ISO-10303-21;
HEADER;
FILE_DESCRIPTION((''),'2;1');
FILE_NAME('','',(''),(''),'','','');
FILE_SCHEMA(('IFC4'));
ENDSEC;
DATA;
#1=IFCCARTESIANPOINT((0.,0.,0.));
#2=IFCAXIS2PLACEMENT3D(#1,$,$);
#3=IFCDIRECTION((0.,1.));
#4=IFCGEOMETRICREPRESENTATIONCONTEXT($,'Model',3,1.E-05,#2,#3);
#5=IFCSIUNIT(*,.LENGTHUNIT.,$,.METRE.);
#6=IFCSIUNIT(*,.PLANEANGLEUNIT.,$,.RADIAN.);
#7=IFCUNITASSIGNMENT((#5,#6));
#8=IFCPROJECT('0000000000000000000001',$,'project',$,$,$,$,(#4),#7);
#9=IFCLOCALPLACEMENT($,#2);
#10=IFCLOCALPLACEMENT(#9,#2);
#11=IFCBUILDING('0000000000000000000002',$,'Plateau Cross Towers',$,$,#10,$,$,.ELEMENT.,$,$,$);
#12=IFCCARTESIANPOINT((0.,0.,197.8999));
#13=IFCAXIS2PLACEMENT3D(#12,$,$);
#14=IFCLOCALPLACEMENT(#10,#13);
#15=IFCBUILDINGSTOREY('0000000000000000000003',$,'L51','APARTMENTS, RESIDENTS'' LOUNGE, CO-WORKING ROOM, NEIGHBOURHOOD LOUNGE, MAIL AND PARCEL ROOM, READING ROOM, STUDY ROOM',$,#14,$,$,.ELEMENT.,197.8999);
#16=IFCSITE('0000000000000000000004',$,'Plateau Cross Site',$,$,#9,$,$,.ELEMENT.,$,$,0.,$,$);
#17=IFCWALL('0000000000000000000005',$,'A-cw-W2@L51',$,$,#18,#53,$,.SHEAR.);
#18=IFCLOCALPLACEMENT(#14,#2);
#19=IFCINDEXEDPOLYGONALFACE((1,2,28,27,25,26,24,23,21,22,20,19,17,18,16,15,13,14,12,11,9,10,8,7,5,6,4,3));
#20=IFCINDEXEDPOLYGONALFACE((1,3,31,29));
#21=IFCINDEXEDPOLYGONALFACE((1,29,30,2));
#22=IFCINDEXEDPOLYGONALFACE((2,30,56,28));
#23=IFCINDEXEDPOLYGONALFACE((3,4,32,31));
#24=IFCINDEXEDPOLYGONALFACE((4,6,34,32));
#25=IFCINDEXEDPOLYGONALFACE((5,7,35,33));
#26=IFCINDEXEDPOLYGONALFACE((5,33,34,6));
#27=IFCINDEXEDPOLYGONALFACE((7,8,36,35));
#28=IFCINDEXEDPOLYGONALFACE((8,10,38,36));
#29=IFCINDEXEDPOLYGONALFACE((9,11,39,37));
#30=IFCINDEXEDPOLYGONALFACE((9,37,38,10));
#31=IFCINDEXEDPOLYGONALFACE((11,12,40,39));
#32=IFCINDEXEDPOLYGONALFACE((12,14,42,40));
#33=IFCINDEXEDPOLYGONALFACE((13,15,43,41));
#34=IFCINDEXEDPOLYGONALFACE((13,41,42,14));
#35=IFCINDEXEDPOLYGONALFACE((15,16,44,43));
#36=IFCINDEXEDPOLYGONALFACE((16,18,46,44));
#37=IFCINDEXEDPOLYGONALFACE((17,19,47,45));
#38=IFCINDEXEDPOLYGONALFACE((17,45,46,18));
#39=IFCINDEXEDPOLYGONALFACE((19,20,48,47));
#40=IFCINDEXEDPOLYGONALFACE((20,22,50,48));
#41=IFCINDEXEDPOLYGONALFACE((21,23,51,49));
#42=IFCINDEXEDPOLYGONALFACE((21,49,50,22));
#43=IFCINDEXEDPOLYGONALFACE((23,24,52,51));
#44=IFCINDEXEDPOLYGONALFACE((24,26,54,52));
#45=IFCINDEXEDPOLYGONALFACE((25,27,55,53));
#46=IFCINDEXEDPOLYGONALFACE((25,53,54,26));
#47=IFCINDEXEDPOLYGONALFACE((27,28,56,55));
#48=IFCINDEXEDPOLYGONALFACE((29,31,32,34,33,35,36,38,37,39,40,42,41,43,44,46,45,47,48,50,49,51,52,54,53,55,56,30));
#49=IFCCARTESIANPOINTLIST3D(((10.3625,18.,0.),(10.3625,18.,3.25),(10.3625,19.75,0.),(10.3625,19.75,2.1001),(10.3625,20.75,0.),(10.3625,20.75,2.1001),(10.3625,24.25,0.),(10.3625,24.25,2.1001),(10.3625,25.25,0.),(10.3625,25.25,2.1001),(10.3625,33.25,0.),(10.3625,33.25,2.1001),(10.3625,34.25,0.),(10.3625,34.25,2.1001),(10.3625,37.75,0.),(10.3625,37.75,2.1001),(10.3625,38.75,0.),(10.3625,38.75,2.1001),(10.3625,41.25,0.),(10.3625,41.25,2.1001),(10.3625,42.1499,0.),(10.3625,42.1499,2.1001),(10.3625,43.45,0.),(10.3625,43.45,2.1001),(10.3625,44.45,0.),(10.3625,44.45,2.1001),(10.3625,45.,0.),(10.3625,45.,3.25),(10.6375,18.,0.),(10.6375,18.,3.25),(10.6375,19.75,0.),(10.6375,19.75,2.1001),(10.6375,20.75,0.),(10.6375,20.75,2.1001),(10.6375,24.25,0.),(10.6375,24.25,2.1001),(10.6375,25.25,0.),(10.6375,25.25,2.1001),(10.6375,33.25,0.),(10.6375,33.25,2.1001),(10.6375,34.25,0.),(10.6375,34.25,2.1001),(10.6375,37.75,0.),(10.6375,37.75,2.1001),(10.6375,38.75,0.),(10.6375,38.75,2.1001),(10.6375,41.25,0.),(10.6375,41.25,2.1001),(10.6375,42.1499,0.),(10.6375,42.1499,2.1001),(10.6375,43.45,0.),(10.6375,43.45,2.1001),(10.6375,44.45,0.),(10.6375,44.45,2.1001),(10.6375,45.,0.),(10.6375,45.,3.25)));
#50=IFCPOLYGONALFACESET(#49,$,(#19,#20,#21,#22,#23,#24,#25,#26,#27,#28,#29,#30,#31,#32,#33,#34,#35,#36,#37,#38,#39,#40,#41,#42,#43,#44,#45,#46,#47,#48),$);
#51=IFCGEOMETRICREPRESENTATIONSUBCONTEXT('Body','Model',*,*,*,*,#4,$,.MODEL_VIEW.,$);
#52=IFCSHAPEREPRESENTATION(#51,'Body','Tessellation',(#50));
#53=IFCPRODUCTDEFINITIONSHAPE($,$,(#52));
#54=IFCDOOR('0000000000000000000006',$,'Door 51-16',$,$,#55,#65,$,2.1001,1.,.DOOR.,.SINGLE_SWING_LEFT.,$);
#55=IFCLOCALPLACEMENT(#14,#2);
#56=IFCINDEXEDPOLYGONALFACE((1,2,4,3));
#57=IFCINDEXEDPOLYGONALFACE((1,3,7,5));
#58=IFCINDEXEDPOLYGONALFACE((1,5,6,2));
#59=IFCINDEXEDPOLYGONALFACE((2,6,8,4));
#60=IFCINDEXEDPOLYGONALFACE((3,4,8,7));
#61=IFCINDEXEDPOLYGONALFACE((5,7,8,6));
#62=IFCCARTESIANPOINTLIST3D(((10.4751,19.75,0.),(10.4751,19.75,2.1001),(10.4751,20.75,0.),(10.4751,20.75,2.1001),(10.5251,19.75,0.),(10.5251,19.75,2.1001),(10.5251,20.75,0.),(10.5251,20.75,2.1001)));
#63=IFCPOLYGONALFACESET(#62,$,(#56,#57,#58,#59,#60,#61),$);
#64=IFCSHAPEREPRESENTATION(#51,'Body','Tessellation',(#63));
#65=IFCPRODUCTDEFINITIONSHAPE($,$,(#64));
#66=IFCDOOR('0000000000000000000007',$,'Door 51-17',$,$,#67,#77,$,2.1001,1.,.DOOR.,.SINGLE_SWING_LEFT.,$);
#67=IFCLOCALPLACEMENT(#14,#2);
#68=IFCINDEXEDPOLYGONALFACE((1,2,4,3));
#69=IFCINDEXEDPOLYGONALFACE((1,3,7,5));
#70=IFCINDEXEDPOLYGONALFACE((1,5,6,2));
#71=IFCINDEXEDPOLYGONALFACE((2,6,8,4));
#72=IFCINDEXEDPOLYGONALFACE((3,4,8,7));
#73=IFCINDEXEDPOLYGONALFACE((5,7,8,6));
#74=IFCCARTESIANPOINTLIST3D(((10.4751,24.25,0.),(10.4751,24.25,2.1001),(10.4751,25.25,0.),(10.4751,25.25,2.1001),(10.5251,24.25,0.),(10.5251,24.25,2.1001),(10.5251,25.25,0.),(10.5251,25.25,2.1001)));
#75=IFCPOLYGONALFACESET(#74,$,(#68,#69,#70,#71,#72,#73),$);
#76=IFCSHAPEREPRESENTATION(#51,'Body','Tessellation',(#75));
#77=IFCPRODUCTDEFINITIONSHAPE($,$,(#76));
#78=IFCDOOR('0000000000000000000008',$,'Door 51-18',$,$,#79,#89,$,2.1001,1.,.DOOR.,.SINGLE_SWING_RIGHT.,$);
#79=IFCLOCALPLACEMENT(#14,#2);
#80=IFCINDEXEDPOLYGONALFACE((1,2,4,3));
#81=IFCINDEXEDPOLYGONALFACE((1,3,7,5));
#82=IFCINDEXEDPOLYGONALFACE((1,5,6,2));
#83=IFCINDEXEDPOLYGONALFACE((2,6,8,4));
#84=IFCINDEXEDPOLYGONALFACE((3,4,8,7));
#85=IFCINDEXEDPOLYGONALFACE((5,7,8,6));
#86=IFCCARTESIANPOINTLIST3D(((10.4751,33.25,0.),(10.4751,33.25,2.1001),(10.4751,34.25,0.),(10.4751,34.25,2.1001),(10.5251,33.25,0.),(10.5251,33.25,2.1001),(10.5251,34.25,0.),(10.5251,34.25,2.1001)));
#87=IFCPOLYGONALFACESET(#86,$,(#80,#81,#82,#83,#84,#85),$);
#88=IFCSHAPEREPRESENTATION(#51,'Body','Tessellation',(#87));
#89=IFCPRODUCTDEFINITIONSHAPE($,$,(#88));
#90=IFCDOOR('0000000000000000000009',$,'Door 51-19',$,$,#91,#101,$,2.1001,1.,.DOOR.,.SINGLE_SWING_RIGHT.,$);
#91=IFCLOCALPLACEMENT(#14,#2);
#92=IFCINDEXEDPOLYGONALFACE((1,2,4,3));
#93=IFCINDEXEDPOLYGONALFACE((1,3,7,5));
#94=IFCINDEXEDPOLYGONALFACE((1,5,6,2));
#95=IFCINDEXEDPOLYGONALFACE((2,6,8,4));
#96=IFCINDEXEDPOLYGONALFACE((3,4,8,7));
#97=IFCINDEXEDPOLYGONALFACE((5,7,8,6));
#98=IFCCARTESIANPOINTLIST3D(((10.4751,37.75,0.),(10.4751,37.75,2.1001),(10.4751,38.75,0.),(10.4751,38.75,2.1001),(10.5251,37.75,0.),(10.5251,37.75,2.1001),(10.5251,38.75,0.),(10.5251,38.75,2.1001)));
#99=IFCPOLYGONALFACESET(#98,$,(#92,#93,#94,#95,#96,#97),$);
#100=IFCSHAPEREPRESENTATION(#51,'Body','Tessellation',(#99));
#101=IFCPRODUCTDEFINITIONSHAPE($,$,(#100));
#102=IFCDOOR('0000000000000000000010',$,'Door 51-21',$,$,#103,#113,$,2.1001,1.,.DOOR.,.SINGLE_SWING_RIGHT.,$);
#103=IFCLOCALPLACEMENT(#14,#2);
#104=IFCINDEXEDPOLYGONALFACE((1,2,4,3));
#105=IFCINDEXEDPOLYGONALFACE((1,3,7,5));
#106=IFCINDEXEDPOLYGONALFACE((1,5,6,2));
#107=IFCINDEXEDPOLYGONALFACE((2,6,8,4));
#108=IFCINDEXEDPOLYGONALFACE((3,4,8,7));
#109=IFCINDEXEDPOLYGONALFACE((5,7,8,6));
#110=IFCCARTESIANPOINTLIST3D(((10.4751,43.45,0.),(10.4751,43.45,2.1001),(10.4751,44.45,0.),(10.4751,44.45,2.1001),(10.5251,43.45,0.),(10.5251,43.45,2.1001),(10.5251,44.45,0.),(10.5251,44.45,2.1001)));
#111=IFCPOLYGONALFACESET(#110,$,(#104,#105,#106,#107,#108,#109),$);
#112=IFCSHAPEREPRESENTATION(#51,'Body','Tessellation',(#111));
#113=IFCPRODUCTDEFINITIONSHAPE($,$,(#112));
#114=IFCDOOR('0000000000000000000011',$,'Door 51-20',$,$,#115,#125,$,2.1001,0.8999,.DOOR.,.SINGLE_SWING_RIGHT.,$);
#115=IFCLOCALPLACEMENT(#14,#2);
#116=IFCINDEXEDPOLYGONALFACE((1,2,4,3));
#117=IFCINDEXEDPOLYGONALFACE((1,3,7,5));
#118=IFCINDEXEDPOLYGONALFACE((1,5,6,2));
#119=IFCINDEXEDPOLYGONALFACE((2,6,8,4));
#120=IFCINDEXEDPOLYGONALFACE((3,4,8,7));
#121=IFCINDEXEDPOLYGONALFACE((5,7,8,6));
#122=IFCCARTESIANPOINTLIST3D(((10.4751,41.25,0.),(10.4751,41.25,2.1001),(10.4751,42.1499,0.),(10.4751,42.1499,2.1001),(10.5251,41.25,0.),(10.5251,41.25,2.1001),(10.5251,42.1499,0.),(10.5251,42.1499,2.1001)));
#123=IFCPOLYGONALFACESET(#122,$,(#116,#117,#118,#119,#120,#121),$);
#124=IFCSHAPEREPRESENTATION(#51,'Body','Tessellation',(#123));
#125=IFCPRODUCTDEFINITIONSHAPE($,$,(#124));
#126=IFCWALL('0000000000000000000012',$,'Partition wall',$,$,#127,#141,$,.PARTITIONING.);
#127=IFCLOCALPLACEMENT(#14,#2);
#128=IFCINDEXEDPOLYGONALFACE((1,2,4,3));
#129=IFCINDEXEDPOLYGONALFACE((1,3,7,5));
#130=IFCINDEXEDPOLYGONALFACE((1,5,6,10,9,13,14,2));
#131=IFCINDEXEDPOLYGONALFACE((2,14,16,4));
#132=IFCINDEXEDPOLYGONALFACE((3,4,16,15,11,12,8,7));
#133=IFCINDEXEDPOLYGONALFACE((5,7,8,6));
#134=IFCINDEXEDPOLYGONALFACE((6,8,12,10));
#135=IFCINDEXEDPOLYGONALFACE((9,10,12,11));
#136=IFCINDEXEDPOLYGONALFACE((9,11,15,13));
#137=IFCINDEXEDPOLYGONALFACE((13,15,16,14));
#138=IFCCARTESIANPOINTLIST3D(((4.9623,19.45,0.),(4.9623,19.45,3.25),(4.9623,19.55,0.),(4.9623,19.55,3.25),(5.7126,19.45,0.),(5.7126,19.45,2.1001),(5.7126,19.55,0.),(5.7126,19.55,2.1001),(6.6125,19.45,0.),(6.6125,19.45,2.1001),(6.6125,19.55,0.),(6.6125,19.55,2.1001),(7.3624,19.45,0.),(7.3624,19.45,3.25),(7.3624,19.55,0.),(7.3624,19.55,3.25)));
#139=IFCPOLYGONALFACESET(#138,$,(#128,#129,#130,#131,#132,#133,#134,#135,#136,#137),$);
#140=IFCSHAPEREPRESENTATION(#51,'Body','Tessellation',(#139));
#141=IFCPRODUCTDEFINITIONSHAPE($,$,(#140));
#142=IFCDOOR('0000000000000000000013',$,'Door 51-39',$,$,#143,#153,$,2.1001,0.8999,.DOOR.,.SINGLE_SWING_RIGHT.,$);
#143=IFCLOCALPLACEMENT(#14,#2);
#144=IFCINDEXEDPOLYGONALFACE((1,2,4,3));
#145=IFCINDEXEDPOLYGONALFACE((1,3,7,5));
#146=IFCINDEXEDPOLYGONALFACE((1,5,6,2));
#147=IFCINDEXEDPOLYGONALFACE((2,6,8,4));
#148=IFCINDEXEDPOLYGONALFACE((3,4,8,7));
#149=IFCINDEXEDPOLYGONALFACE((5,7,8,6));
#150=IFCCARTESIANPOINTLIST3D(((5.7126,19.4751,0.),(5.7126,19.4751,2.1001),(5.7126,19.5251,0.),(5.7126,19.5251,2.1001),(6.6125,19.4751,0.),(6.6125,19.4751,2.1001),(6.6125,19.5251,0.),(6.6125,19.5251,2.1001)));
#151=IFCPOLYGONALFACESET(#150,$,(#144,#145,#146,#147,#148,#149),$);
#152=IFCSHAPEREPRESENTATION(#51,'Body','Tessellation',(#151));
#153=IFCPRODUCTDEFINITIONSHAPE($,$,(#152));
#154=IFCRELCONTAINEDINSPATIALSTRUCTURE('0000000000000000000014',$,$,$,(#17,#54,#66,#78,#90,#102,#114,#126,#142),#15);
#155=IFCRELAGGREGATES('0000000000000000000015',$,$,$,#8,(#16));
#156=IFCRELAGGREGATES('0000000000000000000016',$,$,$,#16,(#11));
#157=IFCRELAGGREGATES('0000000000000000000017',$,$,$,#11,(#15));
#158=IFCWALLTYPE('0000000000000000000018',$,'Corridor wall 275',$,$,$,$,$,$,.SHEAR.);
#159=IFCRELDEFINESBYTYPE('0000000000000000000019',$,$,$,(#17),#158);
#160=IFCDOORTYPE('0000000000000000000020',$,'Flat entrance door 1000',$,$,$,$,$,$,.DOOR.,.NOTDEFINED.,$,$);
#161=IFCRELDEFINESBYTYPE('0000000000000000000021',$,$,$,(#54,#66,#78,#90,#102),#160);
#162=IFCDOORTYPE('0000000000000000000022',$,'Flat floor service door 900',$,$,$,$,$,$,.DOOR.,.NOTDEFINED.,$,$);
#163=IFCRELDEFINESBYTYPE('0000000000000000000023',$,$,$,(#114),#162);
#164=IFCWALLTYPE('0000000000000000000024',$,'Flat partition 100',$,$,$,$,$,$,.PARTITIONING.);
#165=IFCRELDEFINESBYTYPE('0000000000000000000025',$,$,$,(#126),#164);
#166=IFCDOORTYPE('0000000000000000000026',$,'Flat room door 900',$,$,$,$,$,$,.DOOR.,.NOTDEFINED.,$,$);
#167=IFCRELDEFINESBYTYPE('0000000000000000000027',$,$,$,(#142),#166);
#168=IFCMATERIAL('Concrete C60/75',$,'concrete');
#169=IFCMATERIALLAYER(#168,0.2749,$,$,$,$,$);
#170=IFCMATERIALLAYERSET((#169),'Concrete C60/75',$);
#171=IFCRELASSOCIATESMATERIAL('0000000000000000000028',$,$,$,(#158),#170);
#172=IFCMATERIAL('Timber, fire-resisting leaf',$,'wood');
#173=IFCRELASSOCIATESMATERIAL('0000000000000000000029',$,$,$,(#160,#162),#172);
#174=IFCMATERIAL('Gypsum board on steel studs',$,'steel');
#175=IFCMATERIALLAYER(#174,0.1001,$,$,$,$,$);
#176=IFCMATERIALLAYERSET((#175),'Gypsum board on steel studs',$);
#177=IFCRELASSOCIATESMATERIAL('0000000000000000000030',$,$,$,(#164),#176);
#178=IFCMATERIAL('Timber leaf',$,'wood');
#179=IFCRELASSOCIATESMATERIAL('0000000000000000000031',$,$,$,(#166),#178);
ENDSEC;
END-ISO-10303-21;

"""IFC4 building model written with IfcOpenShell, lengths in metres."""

from ifc_helpers import new_model, si_unit, direction, frame, frame_2d, origin, place, context, subcontext, project, spatial, rectangle, extrude, material, layer, layer_set, type_object, element, fill, save


model = new_model("IFC4")

# Units and contexts
model_context = context("Model", 3, precision=1e-05, world=origin(), true_north=direction((0.0, 1.0)))
body_context = subcontext(model_context, "Body", "Model", "MODEL_VIEW")
ifc_project = project(units=[si_unit("LENGTHUNIT", "METRE"), si_unit("PLANEANGLEUNIT", "RADIAN")], contexts=[model_context])

# Site, building, storey
site_placement = place(None, origin())
site = spatial("IfcSite", under=ifc_project, at=site_placement, Name="Plateau Cross Site", CompositionType="ELEMENT", RefElevation=0.0)
building_placement = place(site_placement, origin())
building = spatial("IfcBuilding", under=site, at=building_placement, Name="Plateau Cross Towers", CompositionType="ELEMENT")
storey_placement = place(building_placement, frame((0.0, 0.0, 197.8999)))
storey = spatial("IfcBuildingStorey", under=building, at=storey_placement, Name="L51", Description="APARTMENTS, RESIDENTS' LOUNGE, CO-WORKING ROOM, NEIGHBOURHOOD LOUNGE, MAIL AND PARCEL ROOM, READING ROOM, STUDY ROOM", CompositionType="ELEMENT", Elevation=197.8999)

# Wall, openings, doors
ifc_material_1 = material(Name="Concrete C60/75", Category="concrete")
ifc_layer_1 = layer(ifc_material_1, 0.2749)
ifc_layer_set_1 = layer_set([ifc_layer_1], Name="Concrete C60/75")
wall_type_1 = type_object("IfcWallType", Name="Corridor wall 275", PredefinedType="SHEAR", material=ifc_layer_set_1)
ifc_material_2 = material(Name="Timber, fire-resisting leaf", Category="wood")
door_type_1 = type_object("IfcDoorType", Name="Flat entrance door 1000", OperationType="NOTDEFINED", PredefinedType="DOOR", material=ifc_material_2)
wall_1_placement = place(storey_placement, frame((10.5, 18.0, 0.0), z_axis=(0.0, 0.0, 1.0), x_axis=(0.0, 1.0, 0.0)))
wall_1 = element("IfcWall", 1, at=wall_1_placement, inside=storey, type_object=wall_type_1, Name="A-cw-W2@L51", PredefinedType="SHEAR", context=body_context, shape_type="SweptSolid", body=[
    extrude(rectangle(XDim=27.0, YDim=0.2749, at=frame_2d((13.5, 0.0))), origin(), (0.0, 0.0, 1.0), 3.25),
])
opening_1_placement = place(wall_1_placement, frame((1.75, 0.0, 0.0)))
opening_1 = element("IfcOpeningElement", 2, at=opening_1_placement, cuts=wall_1, PredefinedType="OPENING", context=body_context, shape_type="SweptSolid", body=[
    extrude(rectangle(XDim=1.0, YDim=2.1001, at=frame_2d((0.5, 1.05))), frame((0.0, 0.1475, 0.0), z_axis=(0.0, -1.0, 0.0), x_axis=(1.0, 0.0, 0.0)), (0.0, 0.0, 1.0), 0.2949),
])
opening_2_placement = place(wall_1_placement, frame((6.25, 0.0, 0.0)))
opening_2 = element("IfcOpeningElement", 3, at=opening_2_placement, cuts=wall_1, PredefinedType="OPENING", context=body_context, shape_type="SweptSolid", body=[
    extrude(rectangle(XDim=1.0, YDim=2.1001, at=frame_2d((0.5, 1.05))), frame((0.0, 0.1475, 0.0), z_axis=(0.0, -1.0, 0.0), x_axis=(1.0, 0.0, 0.0)), (0.0, 0.0, 1.0), 0.2949),
])
opening_3_placement = place(wall_1_placement, frame((15.25, 0.0, 0.0)))
opening_3 = element("IfcOpeningElement", 4, at=opening_3_placement, cuts=wall_1, PredefinedType="OPENING", context=body_context, shape_type="SweptSolid", body=[
    extrude(rectangle(XDim=1.0, YDim=2.1001, at=frame_2d((0.5, 1.05))), frame((0.0, 0.1475, 0.0), z_axis=(0.0, -1.0, 0.0), x_axis=(1.0, 0.0, 0.0)), (0.0, 0.0, 1.0), 0.2949),
])
opening_4_placement = place(wall_1_placement, frame((19.75, 0.0, 0.0)))
opening_4 = element("IfcOpeningElement", 5, at=opening_4_placement, cuts=wall_1, PredefinedType="OPENING", context=body_context, shape_type="SweptSolid", body=[
    extrude(rectangle(XDim=1.0, YDim=2.1001, at=frame_2d((0.5, 1.05))), frame((0.0, 0.1475, 0.0), z_axis=(0.0, -1.0, 0.0), x_axis=(1.0, 0.0, 0.0)), (0.0, 0.0, 1.0), 0.2949),
])
opening_5_placement = place(wall_1_placement, frame((23.25, 0.0, 0.0)))
opening_5 = element("IfcOpeningElement", 6, at=opening_5_placement, cuts=wall_1, PredefinedType="OPENING", context=body_context, shape_type="SweptSolid", body=[
    extrude(rectangle(XDim=0.8999, YDim=2.1001, at=frame_2d((0.45, 1.05))), frame((0.0, 0.1475, 0.0), z_axis=(0.0, -1.0, 0.0), x_axis=(1.0, 0.0, 0.0)), (0.0, 0.0, 1.0), 0.2949),
])
opening_6_placement = place(wall_1_placement, frame((25.45, 0.0, 0.0)))
opening_6 = element("IfcOpeningElement", 7, at=opening_6_placement, cuts=wall_1, PredefinedType="OPENING", context=body_context, shape_type="SweptSolid", body=[
    extrude(rectangle(XDim=1.0, YDim=2.1001, at=frame_2d((0.5, 1.05))), frame((0.0, 0.1475, 0.0), z_axis=(0.0, -1.0, 0.0), x_axis=(1.0, 0.0, 0.0)), (0.0, 0.0, 1.0), 0.2949),
])
door_1_placement = place(opening_1_placement, origin())
door_1 = element("IfcDoor", 8, at=door_1_placement, inside=storey, type_object=door_type_1, Name="Door 51-16", OperationType="SINGLE_SWING_LEFT", OverallHeight=2.1001, OverallWidth=1.0, PredefinedType="DOOR", context=body_context, shape_type="SweptSolid", body=[
    extrude(rectangle(XDim=1.0, YDim=2.1001, at=frame_2d((0.5, 1.05))), frame((0.0, 0.0249, 0.0), z_axis=(0.0, -1.0, 0.0), x_axis=(1.0, 0.0, 0.0)), (0.0, 0.0, 1.0), 0.05),
])
fill(opening_1, door_1)
door_2_placement = place(opening_2_placement, origin())
door_2 = element("IfcDoor", 9, at=door_2_placement, inside=storey, type_object=door_type_1, Name="Door 51-17", OperationType="SINGLE_SWING_LEFT", OverallHeight=2.1001, OverallWidth=1.0, PredefinedType="DOOR", context=body_context, shape_type="SweptSolid", body=[
    extrude(rectangle(XDim=1.0, YDim=2.1001, at=frame_2d((0.5, 1.05))), frame((0.0, 0.0249, 0.0), z_axis=(0.0, -1.0, 0.0), x_axis=(1.0, 0.0, 0.0)), (0.0, 0.0, 1.0), 0.05),
])
fill(opening_2, door_2)
door_3_placement = place(opening_3_placement, origin())
door_3 = element("IfcDoor", 10, at=door_3_placement, inside=storey, type_object=door_type_1, Name="Door 51-18", OperationType="SINGLE_SWING_RIGHT", OverallHeight=2.1001, OverallWidth=1.0, PredefinedType="DOOR", context=body_context, shape_type="SweptSolid", body=[
    extrude(rectangle(XDim=1.0, YDim=2.1001, at=frame_2d((0.5, 1.05))), frame((0.0, 0.0249, 0.0), z_axis=(0.0, -1.0, 0.0), x_axis=(1.0, 0.0, 0.0)), (0.0, 0.0, 1.0), 0.05),
])
fill(opening_3, door_3)
door_4_placement = place(opening_4_placement, origin())
door_4 = element("IfcDoor", 11, at=door_4_placement, inside=storey, type_object=door_type_1, Name="Door 51-19", OperationType="SINGLE_SWING_RIGHT", OverallHeight=2.1001, OverallWidth=1.0, PredefinedType="DOOR", context=body_context, shape_type="SweptSolid", body=[
    extrude(rectangle(XDim=1.0, YDim=2.1001, at=frame_2d((0.5, 1.05))), frame((0.0, 0.0249, 0.0), z_axis=(0.0, -1.0, 0.0), x_axis=(1.0, 0.0, 0.0)), (0.0, 0.0, 1.0), 0.05),
])
fill(opening_4, door_4)
door_5_placement = place(opening_6_placement, origin())
door_5 = element("IfcDoor", 12, at=door_5_placement, inside=storey, type_object=door_type_1, Name="Door 51-21", OperationType="SINGLE_SWING_RIGHT", OverallHeight=2.1001, OverallWidth=1.0, PredefinedType="DOOR", context=body_context, shape_type="SweptSolid", body=[
    extrude(rectangle(XDim=1.0, YDim=2.1001, at=frame_2d((0.5, 1.05))), frame((0.0, 0.0249, 0.0), z_axis=(0.0, -1.0, 0.0), x_axis=(1.0, 0.0, 0.0)), (0.0, 0.0, 1.0), 0.05),
])
fill(opening_6, door_5)
door_type_2 = type_object("IfcDoorType", Name="Flat floor service door 900", OperationType="NOTDEFINED", PredefinedType="DOOR", material=ifc_material_2)
door_6_placement = place(opening_5_placement, origin())
door_6 = element("IfcDoor", 13, at=door_6_placement, inside=storey, type_object=door_type_2, Name="Door 51-20", OperationType="SINGLE_SWING_RIGHT", OverallHeight=2.1001, OverallWidth=0.8999, PredefinedType="DOOR", context=body_context, shape_type="SweptSolid", body=[
    extrude(rectangle(XDim=0.8999, YDim=2.1001, at=frame_2d((0.45, 1.05))), frame((0.0, 0.0249, 0.0), z_axis=(0.0, -1.0, 0.0), x_axis=(1.0, 0.0, 0.0)), (0.0, 0.0, 1.0), 0.05),
])
fill(opening_5, door_6)

# Wall, opening, door
ifc_material_3 = material(Name="Gypsum board on steel studs", Category="steel")
ifc_layer_2 = layer(ifc_material_3, 0.1001)
ifc_layer_set_2 = layer_set([ifc_layer_2], Name="Gypsum board on steel studs")
wall_type_2 = type_object("IfcWallType", Name="Flat partition 100", PredefinedType="PARTITIONING", material=ifc_layer_set_2)
wall_2_placement = place(storey_placement, frame((7.3625, 19.5, 0.0), z_axis=(0.0, 0.0, 1.0), x_axis=(-1.0, 0.0, 0.0)))
wall_2 = element("IfcWall", 14, at=wall_2_placement, inside=storey, type_object=wall_type_2, Name="Partition wall", PredefinedType="PARTITIONING", context=body_context, shape_type="SweptSolid", body=[
    extrude(rectangle(XDim=2.4001, YDim=0.1001, at=frame_2d((1.2002, 0.0))), origin(), (0.0, 0.0, 1.0), 3.25),
])
opening_7_placement = place(wall_2_placement, frame((0.75, 0.0, 0.0)))
opening_7 = element("IfcOpeningElement", 15, at=opening_7_placement, cuts=wall_2, PredefinedType="OPENING", context=body_context, shape_type="SweptSolid", body=[
    extrude(rectangle(XDim=0.8999, YDim=2.1001, at=frame_2d((0.45, 1.05))), frame((0.0, 0.0601, 0.0), z_axis=(0.0, -1.0, 0.0), x_axis=(1.0, 0.0, 0.0)), (0.0, 0.0, 1.0), 0.1201),
])
ifc_material_4 = material(Name="Timber leaf", Category="wood")
door_type_3 = type_object("IfcDoorType", Name="Flat room door 900", OperationType="NOTDEFINED", PredefinedType="DOOR", material=ifc_material_4)
door_7_placement = place(opening_7_placement, origin())
door_7 = element("IfcDoor", 16, at=door_7_placement, inside=storey, type_object=door_type_3, Name="Door 51-39", OperationType="SINGLE_SWING_RIGHT", OverallHeight=2.1001, OverallWidth=0.8999, PredefinedType="DOOR", context=body_context, shape_type="SweptSolid", body=[
    extrude(rectangle(XDim=0.8999, YDim=2.1001, at=frame_2d((0.45, 1.05))), frame((0.0, 0.0249, 0.0), z_axis=(0.0, -1.0, 0.0), x_axis=(1.0, 0.0, 0.0)), (0.0, 0.0, 1.0), 0.05),
])
fill(opening_7, door_7)

save(model, "model.ifc")
